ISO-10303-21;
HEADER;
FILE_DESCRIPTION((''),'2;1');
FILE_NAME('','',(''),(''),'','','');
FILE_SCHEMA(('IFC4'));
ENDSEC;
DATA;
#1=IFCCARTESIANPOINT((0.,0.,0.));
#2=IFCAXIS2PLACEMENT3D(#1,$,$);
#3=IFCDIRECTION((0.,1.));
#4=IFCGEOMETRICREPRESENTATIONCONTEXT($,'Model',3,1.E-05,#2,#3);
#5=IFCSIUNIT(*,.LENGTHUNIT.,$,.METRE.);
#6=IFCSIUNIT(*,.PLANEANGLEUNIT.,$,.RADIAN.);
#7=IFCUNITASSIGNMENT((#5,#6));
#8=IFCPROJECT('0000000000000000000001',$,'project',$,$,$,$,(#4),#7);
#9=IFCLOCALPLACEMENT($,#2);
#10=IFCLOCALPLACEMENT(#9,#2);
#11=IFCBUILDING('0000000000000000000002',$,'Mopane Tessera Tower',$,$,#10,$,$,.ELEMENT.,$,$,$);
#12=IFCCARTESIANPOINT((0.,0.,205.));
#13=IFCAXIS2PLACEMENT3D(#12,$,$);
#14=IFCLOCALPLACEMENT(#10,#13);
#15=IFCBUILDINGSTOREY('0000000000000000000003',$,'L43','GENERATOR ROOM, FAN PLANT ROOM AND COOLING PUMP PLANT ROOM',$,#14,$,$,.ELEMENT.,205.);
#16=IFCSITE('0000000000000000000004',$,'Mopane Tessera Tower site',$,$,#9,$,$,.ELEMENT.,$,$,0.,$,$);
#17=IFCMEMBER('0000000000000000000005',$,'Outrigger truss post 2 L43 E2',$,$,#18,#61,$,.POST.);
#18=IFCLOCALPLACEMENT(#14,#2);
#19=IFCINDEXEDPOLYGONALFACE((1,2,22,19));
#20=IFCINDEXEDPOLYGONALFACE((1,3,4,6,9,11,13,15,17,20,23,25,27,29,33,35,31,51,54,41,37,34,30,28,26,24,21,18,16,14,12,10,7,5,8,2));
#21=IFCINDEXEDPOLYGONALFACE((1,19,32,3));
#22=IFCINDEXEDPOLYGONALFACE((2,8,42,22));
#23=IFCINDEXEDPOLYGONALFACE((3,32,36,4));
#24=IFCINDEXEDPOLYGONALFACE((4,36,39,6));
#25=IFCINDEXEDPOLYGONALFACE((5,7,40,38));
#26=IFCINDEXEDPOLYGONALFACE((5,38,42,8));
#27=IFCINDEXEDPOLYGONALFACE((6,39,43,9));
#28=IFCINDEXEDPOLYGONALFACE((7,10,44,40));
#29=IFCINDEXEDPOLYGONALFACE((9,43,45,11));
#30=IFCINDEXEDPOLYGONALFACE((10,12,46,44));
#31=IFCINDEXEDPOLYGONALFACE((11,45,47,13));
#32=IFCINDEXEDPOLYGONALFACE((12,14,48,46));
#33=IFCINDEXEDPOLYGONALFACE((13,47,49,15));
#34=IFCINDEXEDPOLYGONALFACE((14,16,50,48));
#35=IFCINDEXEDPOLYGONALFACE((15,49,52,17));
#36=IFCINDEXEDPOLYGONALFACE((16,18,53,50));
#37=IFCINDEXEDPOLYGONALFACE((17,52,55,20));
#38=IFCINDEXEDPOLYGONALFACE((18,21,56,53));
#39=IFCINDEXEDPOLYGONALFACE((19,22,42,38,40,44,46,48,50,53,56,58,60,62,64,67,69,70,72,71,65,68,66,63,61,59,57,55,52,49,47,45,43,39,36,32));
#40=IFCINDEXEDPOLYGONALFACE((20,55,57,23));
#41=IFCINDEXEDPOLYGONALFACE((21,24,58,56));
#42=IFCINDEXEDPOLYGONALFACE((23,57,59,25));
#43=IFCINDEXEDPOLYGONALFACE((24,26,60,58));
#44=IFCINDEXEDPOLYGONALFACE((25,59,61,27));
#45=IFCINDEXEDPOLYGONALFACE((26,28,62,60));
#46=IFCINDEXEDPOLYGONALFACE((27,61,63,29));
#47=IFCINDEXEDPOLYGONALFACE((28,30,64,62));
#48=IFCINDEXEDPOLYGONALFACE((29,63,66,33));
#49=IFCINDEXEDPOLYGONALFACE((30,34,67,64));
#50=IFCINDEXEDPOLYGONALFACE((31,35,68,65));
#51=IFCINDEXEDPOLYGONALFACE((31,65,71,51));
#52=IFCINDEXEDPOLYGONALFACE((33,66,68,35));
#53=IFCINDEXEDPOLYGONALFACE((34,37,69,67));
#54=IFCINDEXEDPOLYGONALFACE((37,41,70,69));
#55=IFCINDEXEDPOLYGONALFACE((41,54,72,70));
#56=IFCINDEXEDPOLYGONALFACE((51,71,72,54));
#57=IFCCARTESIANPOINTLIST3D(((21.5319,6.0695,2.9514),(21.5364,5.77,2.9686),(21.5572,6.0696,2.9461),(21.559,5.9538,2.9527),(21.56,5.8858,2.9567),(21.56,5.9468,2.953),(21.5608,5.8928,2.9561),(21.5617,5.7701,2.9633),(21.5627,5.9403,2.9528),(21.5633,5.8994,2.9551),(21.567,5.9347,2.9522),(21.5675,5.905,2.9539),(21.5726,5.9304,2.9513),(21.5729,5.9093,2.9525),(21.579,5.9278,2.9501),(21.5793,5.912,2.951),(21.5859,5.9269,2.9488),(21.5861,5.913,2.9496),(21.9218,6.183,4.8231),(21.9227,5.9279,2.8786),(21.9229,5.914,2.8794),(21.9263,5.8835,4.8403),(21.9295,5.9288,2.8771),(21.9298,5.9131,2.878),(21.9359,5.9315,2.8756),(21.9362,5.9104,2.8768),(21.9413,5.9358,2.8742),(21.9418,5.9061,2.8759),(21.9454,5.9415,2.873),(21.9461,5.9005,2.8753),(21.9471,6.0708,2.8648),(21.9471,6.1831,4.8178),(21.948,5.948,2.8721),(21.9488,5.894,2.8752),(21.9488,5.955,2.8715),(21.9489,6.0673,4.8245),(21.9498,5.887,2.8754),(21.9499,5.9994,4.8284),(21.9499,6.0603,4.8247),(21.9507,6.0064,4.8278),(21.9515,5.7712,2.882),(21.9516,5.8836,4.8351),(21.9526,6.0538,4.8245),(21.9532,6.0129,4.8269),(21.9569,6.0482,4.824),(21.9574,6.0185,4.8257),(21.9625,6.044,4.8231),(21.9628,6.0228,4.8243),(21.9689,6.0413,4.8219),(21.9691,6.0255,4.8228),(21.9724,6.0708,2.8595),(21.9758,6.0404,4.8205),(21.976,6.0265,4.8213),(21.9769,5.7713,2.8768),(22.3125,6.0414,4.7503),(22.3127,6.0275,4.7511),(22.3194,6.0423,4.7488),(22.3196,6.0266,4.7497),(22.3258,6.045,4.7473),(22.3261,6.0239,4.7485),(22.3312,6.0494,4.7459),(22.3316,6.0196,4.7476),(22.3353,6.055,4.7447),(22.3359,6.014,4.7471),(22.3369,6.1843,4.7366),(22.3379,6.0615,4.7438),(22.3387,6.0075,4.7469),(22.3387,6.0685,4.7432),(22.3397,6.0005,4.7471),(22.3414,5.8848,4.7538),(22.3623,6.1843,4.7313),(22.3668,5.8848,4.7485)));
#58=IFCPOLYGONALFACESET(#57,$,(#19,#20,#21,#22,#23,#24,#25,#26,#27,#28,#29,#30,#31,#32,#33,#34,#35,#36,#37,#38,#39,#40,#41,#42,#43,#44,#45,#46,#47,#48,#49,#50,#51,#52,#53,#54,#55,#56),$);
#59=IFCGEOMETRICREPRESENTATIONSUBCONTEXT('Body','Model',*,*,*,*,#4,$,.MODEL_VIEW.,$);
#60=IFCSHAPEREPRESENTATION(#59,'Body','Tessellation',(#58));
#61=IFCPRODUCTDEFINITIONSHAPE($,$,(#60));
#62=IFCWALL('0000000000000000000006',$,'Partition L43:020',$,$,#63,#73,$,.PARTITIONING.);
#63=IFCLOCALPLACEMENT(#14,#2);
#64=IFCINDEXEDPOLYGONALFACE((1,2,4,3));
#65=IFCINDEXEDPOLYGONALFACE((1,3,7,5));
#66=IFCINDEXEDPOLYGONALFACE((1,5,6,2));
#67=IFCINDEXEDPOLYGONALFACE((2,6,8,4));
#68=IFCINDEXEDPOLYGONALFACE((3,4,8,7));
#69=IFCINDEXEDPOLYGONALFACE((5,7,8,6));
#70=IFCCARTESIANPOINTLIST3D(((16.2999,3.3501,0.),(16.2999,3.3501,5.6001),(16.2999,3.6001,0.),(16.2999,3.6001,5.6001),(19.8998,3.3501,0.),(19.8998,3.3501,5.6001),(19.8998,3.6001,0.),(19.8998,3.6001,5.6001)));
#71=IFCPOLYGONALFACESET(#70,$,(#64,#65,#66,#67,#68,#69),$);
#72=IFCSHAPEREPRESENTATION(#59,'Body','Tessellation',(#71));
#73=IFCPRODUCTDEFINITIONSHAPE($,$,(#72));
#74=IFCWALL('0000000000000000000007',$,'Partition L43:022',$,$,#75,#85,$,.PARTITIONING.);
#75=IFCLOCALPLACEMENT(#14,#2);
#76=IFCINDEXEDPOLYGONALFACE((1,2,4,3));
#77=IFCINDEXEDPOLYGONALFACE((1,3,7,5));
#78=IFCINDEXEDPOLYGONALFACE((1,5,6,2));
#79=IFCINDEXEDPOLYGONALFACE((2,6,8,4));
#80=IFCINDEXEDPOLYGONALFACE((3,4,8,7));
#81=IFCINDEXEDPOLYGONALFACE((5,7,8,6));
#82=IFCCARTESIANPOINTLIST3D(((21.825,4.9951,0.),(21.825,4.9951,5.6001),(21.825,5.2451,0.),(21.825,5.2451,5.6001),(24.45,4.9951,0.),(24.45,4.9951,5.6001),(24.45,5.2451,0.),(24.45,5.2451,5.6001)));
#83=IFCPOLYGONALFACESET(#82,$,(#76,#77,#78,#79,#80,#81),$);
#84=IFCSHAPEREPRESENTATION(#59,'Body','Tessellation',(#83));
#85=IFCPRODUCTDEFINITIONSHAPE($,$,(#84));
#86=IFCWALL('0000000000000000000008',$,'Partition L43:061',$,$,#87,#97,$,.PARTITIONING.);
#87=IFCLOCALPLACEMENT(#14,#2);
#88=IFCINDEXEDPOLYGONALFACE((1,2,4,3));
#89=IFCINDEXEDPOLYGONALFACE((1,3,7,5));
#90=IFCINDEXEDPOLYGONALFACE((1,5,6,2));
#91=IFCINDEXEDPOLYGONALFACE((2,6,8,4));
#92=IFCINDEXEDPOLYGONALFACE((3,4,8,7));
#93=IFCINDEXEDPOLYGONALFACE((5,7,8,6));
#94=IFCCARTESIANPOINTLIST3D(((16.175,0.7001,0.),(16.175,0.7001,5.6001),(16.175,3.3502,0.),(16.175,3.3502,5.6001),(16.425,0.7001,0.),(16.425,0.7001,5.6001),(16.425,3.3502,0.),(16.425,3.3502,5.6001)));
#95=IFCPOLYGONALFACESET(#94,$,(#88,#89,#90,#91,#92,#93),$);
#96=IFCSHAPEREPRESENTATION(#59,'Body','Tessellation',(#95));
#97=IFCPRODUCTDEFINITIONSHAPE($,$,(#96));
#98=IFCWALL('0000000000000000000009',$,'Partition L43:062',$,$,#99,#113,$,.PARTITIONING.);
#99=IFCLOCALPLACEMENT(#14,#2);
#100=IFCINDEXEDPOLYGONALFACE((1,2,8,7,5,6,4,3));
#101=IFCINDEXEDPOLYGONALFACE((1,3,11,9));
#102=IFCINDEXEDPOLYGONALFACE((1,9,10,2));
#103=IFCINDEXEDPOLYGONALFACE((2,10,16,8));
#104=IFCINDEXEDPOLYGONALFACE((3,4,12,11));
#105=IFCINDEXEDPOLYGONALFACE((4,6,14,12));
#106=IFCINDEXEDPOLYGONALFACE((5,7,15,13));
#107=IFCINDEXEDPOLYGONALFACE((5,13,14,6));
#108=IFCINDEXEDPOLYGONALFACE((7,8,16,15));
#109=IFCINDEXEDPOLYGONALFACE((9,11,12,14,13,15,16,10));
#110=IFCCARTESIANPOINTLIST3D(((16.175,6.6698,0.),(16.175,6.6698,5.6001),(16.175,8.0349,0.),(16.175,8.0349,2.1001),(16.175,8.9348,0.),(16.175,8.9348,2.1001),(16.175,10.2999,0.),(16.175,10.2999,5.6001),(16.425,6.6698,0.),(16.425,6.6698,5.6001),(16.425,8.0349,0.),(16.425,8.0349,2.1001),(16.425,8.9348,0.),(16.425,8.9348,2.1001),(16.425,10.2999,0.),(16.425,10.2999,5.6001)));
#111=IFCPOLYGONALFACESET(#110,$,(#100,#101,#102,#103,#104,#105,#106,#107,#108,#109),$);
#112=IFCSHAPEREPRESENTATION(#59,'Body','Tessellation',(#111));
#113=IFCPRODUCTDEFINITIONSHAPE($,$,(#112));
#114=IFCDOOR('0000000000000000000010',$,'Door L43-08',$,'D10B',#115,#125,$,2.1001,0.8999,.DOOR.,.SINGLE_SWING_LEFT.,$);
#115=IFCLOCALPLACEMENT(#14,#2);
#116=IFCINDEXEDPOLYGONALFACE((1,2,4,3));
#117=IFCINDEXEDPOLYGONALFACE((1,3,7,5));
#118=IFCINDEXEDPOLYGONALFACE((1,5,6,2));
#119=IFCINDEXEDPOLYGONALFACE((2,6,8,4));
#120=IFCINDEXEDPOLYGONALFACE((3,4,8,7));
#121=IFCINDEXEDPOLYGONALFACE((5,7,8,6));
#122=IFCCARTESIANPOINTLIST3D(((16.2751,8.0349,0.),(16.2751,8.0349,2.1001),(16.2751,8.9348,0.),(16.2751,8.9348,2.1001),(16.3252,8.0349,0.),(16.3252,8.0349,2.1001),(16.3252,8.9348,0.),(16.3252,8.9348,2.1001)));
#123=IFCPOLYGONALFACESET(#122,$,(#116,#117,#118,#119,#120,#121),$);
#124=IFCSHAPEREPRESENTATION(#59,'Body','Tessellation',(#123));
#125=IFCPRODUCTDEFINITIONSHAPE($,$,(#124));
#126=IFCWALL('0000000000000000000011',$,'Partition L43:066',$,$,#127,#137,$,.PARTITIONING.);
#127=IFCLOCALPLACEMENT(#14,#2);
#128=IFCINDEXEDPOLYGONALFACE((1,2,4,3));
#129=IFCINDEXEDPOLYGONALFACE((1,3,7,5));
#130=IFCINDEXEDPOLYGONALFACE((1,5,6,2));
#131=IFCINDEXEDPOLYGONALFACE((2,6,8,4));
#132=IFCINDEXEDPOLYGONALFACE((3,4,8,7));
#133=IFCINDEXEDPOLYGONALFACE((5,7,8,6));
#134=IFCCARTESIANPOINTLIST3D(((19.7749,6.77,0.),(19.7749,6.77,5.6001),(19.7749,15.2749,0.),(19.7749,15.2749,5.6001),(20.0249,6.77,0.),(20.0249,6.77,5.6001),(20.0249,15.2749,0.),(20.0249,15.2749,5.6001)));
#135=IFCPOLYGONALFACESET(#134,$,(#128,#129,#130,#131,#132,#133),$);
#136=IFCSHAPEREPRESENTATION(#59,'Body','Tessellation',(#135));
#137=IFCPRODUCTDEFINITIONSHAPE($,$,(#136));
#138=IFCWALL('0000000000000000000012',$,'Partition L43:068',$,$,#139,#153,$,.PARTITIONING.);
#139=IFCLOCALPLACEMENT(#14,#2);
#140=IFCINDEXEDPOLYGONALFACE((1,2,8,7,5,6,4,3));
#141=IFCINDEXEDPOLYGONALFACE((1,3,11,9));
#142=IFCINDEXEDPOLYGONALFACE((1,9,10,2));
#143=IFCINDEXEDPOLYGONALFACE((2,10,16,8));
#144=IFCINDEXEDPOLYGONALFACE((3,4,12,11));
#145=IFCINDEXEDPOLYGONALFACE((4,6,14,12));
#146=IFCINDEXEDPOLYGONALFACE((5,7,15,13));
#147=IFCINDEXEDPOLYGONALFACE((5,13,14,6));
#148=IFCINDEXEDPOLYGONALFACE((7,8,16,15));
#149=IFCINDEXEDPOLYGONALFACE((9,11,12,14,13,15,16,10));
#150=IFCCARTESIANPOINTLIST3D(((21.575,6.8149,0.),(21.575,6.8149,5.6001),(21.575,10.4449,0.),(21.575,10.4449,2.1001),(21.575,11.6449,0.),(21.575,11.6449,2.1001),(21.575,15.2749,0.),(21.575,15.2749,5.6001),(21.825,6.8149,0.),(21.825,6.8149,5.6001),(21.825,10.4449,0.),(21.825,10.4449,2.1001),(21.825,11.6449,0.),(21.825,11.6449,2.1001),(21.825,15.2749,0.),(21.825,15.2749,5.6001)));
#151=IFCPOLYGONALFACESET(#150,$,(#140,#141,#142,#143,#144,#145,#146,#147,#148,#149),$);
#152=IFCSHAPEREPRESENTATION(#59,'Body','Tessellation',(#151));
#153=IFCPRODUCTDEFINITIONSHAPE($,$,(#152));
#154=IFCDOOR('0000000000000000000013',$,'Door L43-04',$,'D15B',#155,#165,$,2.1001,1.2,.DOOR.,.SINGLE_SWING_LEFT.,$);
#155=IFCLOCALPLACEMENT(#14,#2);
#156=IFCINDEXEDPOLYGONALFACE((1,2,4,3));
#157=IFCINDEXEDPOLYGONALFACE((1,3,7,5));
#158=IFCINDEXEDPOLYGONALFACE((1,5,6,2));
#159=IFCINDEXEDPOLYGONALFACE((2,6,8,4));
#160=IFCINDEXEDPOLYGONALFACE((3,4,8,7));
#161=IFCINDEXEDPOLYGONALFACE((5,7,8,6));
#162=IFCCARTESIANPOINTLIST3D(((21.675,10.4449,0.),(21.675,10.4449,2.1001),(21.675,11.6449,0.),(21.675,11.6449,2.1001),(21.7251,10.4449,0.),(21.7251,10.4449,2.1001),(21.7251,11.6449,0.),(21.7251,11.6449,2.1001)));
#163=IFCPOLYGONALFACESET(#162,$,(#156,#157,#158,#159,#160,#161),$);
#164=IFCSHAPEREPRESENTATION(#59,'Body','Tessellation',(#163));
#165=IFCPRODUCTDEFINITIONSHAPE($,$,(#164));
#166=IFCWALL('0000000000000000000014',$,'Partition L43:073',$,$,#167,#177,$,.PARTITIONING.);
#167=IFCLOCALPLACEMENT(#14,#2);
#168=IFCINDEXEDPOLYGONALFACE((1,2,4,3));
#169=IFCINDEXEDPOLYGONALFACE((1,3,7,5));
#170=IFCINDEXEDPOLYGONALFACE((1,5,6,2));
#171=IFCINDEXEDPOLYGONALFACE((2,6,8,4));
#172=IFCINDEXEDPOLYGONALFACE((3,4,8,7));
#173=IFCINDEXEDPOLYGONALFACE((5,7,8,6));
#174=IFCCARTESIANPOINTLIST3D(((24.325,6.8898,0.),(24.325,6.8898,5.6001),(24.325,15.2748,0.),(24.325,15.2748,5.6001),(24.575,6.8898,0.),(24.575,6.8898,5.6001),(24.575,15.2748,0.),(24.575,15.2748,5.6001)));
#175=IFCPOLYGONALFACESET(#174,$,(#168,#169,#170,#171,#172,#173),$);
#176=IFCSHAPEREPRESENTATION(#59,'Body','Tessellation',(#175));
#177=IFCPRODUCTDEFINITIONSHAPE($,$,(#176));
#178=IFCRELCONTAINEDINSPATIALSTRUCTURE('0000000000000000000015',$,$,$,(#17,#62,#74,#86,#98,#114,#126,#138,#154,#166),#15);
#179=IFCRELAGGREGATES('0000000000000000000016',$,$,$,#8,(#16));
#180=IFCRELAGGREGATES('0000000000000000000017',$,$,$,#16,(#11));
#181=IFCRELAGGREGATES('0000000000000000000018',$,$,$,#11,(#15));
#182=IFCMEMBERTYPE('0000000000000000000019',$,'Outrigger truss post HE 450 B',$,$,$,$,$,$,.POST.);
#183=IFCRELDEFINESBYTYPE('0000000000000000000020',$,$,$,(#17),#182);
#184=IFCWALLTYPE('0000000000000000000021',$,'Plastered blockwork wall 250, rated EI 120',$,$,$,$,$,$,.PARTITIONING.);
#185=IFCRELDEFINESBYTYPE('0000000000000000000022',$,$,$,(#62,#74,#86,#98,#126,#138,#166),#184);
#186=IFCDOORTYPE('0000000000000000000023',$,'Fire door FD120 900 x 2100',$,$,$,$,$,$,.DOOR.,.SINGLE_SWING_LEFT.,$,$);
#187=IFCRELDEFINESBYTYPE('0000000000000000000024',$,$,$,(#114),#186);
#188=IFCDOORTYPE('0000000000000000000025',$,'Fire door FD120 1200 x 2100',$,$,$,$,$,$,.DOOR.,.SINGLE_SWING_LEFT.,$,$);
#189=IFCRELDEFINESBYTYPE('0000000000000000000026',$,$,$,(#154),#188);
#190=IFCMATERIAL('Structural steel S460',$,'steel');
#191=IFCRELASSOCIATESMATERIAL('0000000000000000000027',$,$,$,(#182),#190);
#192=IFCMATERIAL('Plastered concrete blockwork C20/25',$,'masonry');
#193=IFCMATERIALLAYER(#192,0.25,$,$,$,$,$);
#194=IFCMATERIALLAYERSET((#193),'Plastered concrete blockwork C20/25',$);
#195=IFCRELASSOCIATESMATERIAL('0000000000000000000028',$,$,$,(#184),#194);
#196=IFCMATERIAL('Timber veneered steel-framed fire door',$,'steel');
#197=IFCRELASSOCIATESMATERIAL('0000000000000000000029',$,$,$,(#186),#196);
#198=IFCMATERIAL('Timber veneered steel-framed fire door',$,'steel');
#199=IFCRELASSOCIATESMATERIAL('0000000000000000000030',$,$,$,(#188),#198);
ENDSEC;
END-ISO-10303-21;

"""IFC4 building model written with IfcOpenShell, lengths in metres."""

from ifc_helpers import new_model, si_unit, direction, frame, frame_2d, origin, origin_2d, place, context, subcontext, project, spatial, rectangle, i_section, extrude, material, layer, layer_set, material_profile, profile_set, type_object, element, fill, save


model = new_model("IFC4")

# Units and contexts
model_context = context("Model", 3, precision=1e-05, world=origin(), true_north=direction((0.0, 1.0)))
body_context = subcontext(model_context, "Body", "Model", "MODEL_VIEW")
ifc_project = project(units=[si_unit("LENGTHUNIT", "METRE"), si_unit("PLANEANGLEUNIT", "RADIAN")], contexts=[model_context])

# Site, building, storey
site_placement = place(None, origin())
site = spatial("IfcSite", under=ifc_project, at=site_placement, Name="Mopane Tessera Tower site", CompositionType="ELEMENT", RefElevation=0.0)
building_placement = place(site_placement, origin())
building = spatial("IfcBuilding", under=site, at=building_placement, Name="Mopane Tessera Tower", CompositionType="ELEMENT")
storey_placement = place(building_placement, frame((0.0, 0.0, 205.0)))
storey = spatial("IfcBuildingStorey", under=building, at=storey_placement, Name="L43", Description="GENERATOR ROOM, FAN PLANT ROOM AND COOLING PUMP PLANT ROOM", CompositionType="ELEMENT", Elevation=205.0)

# Member
ifc_material_1 = material(Name="Structural steel S460", Category="steel")
ifc_material_profile_1 = material_profile(ifc_material_1, i_section(OverallWidth=0.3, OverallDepth=0.45, WebThickness=0.0139, FlangeThickness=0.0259, FilletRadius=0.0271, at=origin_2d()))
ifc_profile_set_1 = profile_set([ifc_material_profile_1], Name="Structural steel S460")
member_type_1 = type_object("IfcMemberType", Name="Outrigger truss post HE 450 B", PredefinedType="POST", material=ifc_profile_set_1)
member_1_placement = place(storey_placement, frame((21.7544, 5.9204, 2.9141), z_axis=(0.20356, 0.059271, 0.977267), x_axis=(-0.014948, 0.998238, -0.057429)))
element("IfcMember", 1, at=member_1_placement, inside=storey, type_object=member_type_1, Name="Outrigger truss post 2 L43 E2", PredefinedType="POST", context=body_context, shape_type="SweptSolid", body=[
    extrude(i_section(OverallWidth=0.3, OverallDepth=0.45, WebThickness=0.0139, FlangeThickness=0.0259, FilletRadius=0.0271, at=origin_2d()), origin(), (0.0, 0.0, 1.0), 1.9153),
])

# Walls
ifc_material_2 = material(Name="Plastered concrete blockwork C20/25", Category="masonry")
ifc_layer_1 = layer(ifc_material_2, 0.25)
ifc_layer_set_1 = layer_set([ifc_layer_1], Name="Plastered concrete blockwork C20/25")
wall_type = type_object("IfcWallType", Name="Plastered blockwork wall 250, rated EI 120", PredefinedType="PARTITIONING", material=ifc_layer_set_1)
wall_1_placement = place(storey_placement, frame((16.3, 3.4751, 0.0), z_axis=(0.0, 0.0, 1.0), x_axis=(1.0, 0.0, 0.0)))
element("IfcWall", 2, at=wall_1_placement, inside=storey, type_object=wall_type, Name="Partition L43:020", PredefinedType="PARTITIONING", context=body_context, shape_type="SweptSolid", body=[
    extrude(rectangle(XDim=3.5999, YDim=0.25, at=frame_2d((1.7998, 0.0))), origin(), (0.0, 0.0, 1.0), 5.6001),
])
wall_2_placement = place(storey_placement, frame((21.825, 5.1201, 0.0), z_axis=(0.0, 0.0, 1.0), x_axis=(1.0, 0.0, 0.0)))
element("IfcWall", 3, at=wall_2_placement, inside=storey, type_object=wall_type, Name="Partition L43:022", PredefinedType="PARTITIONING", context=body_context, shape_type="SweptSolid", body=[
    extrude(rectangle(XDim=2.625, YDim=0.25, at=frame_2d((1.3125, 0.0))), origin(), (0.0, 0.0, 1.0), 5.6001),
])
wall_3_placement = place(storey_placement, frame((16.3, 0.7, 0.0), z_axis=(0.0, 0.0, 1.0), x_axis=(0.0, 1.0, 0.0)))
element("IfcWall", 4, at=wall_3_placement, inside=storey, type_object=wall_type, Name="Partition L43:061", PredefinedType="PARTITIONING", context=body_context, shape_type="SweptSolid", body=[
    extrude(rectangle(XDim=2.6501, YDim=0.25, at=frame_2d((1.3252, 0.0))), origin(), (0.0, 0.0, 1.0), 5.6001),
])

# Wall, opening, door
wall_4_placement = place(storey_placement, frame((16.3, 6.6699, 0.0), z_axis=(0.0, 0.0, 1.0), x_axis=(0.0, 1.0, 0.0)))
wall_4 = element("IfcWall", 5, at=wall_4_placement, inside=storey, type_object=wall_type, Name="Partition L43:062", PredefinedType="PARTITIONING", context=body_context, shape_type="SweptSolid", body=[
    extrude(rectangle(XDim=3.6301, YDim=0.25, at=frame_2d((1.8149, 0.0))), origin(), (0.0, 0.0, 1.0), 5.6001),
])
opening_1_placement = place(wall_4_placement, frame((1.365, 0.0, 0.0)))
opening_1 = element("IfcOpeningElement", 6, at=opening_1_placement, cuts=wall_4, PredefinedType="OPENING", context=body_context, shape_type="SweptSolid", body=[
    extrude(rectangle(XDim=0.8999, YDim=2.1001, at=frame_2d((0.45, 1.05))), frame((0.0, 0.137, 0.0), z_axis=(0.0, -1.0, 0.0), x_axis=(1.0, 0.0, 0.0)), (0.0, 0.0, 1.0), 0.2739),
])
ifc_material_3 = material(Name="Timber veneered steel-framed fire door", Category="steel")
door_type_1 = type_object("IfcDoorType", Name="Fire door FD120 900 x 2100", OperationType="SINGLE_SWING_LEFT", PredefinedType="DOOR", material=ifc_material_3)
door_1_placement = place(opening_1_placement, origin())
door_1 = element("IfcDoor", 7, at=door_1_placement, inside=storey, type_object=door_type_1, Name="Door L43-08", ObjectType="D10B", OperationType="SINGLE_SWING_LEFT", OverallHeight=2.1001, OverallWidth=0.8999, PredefinedType="DOOR", context=body_context, shape_type="SweptSolid", body=[
    extrude(rectangle(XDim=0.8999, YDim=2.1001, at=frame_2d((0.45, 1.05))), frame((0.0, 0.0249, 0.0), z_axis=(0.0, -1.0, 0.0), x_axis=(1.0, 0.0, 0.0)), (0.0, 0.0, 1.0), 0.05),
])
fill(opening_1, door_1)

# Wall
wall_5_placement = place(storey_placement, frame((19.8999, 6.77, 0.0), z_axis=(0.0, 0.0, 1.0), x_axis=(0.0, 1.0, 0.0)))
element("IfcWall", 8, at=wall_5_placement, inside=storey, type_object=wall_type, Name="Partition L43:066", PredefinedType="PARTITIONING", context=body_context, shape_type="SweptSolid", body=[
    extrude(rectangle(XDim=8.5049, YDim=0.25, at=frame_2d((4.2524, 0.0))), origin(), (0.0, 0.0, 1.0), 5.6001),
])

# Wall, opening, door
wall_6_placement = place(storey_placement, frame((21.7, 6.8149, 0.0), z_axis=(0.0, 0.0, 1.0), x_axis=(0.0, 1.0, 0.0)))
wall_6 = element("IfcWall", 9, at=wall_6_placement, inside=storey, type_object=wall_type, Name="Partition L43:068", PredefinedType="PARTITIONING", context=body_context, shape_type="SweptSolid", body=[
    extrude(rectangle(XDim=8.46, YDim=0.25, at=frame_2d((4.23, 0.0))), origin(), (0.0, 0.0, 1.0), 5.6001),
])
opening_2_placement = place(wall_6_placement, frame((3.6299, 0.0, 0.0)))
opening_2 = element("IfcOpeningElement", 10, at=opening_2_placement, cuts=wall_6, PredefinedType="OPENING", context=body_context, shape_type="SweptSolid", body=[
    extrude(rectangle(XDim=1.2, YDim=2.1001, at=frame_2d((0.6001, 1.05))), frame((0.0, 0.137, 0.0), z_axis=(0.0, -1.0, 0.0), x_axis=(1.0, 0.0, 0.0)), (0.0, 0.0, 1.0), 0.2739),
])
ifc_material_4 = material(Name="Timber veneered steel-framed fire door", Category="steel")
door_type_2 = type_object("IfcDoorType", Name="Fire door FD120 1200 x 2100", OperationType="SINGLE_SWING_LEFT", PredefinedType="DOOR", material=ifc_material_4)
door_2_placement = place(opening_2_placement, origin())
door_2 = element("IfcDoor", 11, at=door_2_placement, inside=storey, type_object=door_type_2, Name="Door L43-04", ObjectType="D15B", OperationType="SINGLE_SWING_LEFT", OverallHeight=2.1001, OverallWidth=1.2, PredefinedType="DOOR", context=body_context, shape_type="SweptSolid", body=[
    extrude(rectangle(XDim=1.2, YDim=2.1001, at=frame_2d((0.6001, 1.05))), frame((0.0, 0.0249, 0.0), z_axis=(0.0, -1.0, 0.0), x_axis=(1.0, 0.0, 0.0)), (0.0, 0.0, 1.0), 0.05),
])
fill(opening_2, door_2)

# Wall
wall_7_placement = place(storey_placement, frame((24.45, 6.8899, 0.0), z_axis=(0.0, 0.0, 1.0), x_axis=(0.0, 1.0, 0.0)))
element("IfcWall", 12, at=wall_7_placement, inside=storey, type_object=wall_type, Name="Partition L43:073", PredefinedType="PARTITIONING", context=body_context, shape_type="SweptSolid", body=[
    extrude(rectangle(XDim=8.385, YDim=0.25, at=frame_2d((4.1924, 0.0))), origin(), (0.0, 0.0, 1.0), 5.6001),
])

save(model, "model.ifc")
